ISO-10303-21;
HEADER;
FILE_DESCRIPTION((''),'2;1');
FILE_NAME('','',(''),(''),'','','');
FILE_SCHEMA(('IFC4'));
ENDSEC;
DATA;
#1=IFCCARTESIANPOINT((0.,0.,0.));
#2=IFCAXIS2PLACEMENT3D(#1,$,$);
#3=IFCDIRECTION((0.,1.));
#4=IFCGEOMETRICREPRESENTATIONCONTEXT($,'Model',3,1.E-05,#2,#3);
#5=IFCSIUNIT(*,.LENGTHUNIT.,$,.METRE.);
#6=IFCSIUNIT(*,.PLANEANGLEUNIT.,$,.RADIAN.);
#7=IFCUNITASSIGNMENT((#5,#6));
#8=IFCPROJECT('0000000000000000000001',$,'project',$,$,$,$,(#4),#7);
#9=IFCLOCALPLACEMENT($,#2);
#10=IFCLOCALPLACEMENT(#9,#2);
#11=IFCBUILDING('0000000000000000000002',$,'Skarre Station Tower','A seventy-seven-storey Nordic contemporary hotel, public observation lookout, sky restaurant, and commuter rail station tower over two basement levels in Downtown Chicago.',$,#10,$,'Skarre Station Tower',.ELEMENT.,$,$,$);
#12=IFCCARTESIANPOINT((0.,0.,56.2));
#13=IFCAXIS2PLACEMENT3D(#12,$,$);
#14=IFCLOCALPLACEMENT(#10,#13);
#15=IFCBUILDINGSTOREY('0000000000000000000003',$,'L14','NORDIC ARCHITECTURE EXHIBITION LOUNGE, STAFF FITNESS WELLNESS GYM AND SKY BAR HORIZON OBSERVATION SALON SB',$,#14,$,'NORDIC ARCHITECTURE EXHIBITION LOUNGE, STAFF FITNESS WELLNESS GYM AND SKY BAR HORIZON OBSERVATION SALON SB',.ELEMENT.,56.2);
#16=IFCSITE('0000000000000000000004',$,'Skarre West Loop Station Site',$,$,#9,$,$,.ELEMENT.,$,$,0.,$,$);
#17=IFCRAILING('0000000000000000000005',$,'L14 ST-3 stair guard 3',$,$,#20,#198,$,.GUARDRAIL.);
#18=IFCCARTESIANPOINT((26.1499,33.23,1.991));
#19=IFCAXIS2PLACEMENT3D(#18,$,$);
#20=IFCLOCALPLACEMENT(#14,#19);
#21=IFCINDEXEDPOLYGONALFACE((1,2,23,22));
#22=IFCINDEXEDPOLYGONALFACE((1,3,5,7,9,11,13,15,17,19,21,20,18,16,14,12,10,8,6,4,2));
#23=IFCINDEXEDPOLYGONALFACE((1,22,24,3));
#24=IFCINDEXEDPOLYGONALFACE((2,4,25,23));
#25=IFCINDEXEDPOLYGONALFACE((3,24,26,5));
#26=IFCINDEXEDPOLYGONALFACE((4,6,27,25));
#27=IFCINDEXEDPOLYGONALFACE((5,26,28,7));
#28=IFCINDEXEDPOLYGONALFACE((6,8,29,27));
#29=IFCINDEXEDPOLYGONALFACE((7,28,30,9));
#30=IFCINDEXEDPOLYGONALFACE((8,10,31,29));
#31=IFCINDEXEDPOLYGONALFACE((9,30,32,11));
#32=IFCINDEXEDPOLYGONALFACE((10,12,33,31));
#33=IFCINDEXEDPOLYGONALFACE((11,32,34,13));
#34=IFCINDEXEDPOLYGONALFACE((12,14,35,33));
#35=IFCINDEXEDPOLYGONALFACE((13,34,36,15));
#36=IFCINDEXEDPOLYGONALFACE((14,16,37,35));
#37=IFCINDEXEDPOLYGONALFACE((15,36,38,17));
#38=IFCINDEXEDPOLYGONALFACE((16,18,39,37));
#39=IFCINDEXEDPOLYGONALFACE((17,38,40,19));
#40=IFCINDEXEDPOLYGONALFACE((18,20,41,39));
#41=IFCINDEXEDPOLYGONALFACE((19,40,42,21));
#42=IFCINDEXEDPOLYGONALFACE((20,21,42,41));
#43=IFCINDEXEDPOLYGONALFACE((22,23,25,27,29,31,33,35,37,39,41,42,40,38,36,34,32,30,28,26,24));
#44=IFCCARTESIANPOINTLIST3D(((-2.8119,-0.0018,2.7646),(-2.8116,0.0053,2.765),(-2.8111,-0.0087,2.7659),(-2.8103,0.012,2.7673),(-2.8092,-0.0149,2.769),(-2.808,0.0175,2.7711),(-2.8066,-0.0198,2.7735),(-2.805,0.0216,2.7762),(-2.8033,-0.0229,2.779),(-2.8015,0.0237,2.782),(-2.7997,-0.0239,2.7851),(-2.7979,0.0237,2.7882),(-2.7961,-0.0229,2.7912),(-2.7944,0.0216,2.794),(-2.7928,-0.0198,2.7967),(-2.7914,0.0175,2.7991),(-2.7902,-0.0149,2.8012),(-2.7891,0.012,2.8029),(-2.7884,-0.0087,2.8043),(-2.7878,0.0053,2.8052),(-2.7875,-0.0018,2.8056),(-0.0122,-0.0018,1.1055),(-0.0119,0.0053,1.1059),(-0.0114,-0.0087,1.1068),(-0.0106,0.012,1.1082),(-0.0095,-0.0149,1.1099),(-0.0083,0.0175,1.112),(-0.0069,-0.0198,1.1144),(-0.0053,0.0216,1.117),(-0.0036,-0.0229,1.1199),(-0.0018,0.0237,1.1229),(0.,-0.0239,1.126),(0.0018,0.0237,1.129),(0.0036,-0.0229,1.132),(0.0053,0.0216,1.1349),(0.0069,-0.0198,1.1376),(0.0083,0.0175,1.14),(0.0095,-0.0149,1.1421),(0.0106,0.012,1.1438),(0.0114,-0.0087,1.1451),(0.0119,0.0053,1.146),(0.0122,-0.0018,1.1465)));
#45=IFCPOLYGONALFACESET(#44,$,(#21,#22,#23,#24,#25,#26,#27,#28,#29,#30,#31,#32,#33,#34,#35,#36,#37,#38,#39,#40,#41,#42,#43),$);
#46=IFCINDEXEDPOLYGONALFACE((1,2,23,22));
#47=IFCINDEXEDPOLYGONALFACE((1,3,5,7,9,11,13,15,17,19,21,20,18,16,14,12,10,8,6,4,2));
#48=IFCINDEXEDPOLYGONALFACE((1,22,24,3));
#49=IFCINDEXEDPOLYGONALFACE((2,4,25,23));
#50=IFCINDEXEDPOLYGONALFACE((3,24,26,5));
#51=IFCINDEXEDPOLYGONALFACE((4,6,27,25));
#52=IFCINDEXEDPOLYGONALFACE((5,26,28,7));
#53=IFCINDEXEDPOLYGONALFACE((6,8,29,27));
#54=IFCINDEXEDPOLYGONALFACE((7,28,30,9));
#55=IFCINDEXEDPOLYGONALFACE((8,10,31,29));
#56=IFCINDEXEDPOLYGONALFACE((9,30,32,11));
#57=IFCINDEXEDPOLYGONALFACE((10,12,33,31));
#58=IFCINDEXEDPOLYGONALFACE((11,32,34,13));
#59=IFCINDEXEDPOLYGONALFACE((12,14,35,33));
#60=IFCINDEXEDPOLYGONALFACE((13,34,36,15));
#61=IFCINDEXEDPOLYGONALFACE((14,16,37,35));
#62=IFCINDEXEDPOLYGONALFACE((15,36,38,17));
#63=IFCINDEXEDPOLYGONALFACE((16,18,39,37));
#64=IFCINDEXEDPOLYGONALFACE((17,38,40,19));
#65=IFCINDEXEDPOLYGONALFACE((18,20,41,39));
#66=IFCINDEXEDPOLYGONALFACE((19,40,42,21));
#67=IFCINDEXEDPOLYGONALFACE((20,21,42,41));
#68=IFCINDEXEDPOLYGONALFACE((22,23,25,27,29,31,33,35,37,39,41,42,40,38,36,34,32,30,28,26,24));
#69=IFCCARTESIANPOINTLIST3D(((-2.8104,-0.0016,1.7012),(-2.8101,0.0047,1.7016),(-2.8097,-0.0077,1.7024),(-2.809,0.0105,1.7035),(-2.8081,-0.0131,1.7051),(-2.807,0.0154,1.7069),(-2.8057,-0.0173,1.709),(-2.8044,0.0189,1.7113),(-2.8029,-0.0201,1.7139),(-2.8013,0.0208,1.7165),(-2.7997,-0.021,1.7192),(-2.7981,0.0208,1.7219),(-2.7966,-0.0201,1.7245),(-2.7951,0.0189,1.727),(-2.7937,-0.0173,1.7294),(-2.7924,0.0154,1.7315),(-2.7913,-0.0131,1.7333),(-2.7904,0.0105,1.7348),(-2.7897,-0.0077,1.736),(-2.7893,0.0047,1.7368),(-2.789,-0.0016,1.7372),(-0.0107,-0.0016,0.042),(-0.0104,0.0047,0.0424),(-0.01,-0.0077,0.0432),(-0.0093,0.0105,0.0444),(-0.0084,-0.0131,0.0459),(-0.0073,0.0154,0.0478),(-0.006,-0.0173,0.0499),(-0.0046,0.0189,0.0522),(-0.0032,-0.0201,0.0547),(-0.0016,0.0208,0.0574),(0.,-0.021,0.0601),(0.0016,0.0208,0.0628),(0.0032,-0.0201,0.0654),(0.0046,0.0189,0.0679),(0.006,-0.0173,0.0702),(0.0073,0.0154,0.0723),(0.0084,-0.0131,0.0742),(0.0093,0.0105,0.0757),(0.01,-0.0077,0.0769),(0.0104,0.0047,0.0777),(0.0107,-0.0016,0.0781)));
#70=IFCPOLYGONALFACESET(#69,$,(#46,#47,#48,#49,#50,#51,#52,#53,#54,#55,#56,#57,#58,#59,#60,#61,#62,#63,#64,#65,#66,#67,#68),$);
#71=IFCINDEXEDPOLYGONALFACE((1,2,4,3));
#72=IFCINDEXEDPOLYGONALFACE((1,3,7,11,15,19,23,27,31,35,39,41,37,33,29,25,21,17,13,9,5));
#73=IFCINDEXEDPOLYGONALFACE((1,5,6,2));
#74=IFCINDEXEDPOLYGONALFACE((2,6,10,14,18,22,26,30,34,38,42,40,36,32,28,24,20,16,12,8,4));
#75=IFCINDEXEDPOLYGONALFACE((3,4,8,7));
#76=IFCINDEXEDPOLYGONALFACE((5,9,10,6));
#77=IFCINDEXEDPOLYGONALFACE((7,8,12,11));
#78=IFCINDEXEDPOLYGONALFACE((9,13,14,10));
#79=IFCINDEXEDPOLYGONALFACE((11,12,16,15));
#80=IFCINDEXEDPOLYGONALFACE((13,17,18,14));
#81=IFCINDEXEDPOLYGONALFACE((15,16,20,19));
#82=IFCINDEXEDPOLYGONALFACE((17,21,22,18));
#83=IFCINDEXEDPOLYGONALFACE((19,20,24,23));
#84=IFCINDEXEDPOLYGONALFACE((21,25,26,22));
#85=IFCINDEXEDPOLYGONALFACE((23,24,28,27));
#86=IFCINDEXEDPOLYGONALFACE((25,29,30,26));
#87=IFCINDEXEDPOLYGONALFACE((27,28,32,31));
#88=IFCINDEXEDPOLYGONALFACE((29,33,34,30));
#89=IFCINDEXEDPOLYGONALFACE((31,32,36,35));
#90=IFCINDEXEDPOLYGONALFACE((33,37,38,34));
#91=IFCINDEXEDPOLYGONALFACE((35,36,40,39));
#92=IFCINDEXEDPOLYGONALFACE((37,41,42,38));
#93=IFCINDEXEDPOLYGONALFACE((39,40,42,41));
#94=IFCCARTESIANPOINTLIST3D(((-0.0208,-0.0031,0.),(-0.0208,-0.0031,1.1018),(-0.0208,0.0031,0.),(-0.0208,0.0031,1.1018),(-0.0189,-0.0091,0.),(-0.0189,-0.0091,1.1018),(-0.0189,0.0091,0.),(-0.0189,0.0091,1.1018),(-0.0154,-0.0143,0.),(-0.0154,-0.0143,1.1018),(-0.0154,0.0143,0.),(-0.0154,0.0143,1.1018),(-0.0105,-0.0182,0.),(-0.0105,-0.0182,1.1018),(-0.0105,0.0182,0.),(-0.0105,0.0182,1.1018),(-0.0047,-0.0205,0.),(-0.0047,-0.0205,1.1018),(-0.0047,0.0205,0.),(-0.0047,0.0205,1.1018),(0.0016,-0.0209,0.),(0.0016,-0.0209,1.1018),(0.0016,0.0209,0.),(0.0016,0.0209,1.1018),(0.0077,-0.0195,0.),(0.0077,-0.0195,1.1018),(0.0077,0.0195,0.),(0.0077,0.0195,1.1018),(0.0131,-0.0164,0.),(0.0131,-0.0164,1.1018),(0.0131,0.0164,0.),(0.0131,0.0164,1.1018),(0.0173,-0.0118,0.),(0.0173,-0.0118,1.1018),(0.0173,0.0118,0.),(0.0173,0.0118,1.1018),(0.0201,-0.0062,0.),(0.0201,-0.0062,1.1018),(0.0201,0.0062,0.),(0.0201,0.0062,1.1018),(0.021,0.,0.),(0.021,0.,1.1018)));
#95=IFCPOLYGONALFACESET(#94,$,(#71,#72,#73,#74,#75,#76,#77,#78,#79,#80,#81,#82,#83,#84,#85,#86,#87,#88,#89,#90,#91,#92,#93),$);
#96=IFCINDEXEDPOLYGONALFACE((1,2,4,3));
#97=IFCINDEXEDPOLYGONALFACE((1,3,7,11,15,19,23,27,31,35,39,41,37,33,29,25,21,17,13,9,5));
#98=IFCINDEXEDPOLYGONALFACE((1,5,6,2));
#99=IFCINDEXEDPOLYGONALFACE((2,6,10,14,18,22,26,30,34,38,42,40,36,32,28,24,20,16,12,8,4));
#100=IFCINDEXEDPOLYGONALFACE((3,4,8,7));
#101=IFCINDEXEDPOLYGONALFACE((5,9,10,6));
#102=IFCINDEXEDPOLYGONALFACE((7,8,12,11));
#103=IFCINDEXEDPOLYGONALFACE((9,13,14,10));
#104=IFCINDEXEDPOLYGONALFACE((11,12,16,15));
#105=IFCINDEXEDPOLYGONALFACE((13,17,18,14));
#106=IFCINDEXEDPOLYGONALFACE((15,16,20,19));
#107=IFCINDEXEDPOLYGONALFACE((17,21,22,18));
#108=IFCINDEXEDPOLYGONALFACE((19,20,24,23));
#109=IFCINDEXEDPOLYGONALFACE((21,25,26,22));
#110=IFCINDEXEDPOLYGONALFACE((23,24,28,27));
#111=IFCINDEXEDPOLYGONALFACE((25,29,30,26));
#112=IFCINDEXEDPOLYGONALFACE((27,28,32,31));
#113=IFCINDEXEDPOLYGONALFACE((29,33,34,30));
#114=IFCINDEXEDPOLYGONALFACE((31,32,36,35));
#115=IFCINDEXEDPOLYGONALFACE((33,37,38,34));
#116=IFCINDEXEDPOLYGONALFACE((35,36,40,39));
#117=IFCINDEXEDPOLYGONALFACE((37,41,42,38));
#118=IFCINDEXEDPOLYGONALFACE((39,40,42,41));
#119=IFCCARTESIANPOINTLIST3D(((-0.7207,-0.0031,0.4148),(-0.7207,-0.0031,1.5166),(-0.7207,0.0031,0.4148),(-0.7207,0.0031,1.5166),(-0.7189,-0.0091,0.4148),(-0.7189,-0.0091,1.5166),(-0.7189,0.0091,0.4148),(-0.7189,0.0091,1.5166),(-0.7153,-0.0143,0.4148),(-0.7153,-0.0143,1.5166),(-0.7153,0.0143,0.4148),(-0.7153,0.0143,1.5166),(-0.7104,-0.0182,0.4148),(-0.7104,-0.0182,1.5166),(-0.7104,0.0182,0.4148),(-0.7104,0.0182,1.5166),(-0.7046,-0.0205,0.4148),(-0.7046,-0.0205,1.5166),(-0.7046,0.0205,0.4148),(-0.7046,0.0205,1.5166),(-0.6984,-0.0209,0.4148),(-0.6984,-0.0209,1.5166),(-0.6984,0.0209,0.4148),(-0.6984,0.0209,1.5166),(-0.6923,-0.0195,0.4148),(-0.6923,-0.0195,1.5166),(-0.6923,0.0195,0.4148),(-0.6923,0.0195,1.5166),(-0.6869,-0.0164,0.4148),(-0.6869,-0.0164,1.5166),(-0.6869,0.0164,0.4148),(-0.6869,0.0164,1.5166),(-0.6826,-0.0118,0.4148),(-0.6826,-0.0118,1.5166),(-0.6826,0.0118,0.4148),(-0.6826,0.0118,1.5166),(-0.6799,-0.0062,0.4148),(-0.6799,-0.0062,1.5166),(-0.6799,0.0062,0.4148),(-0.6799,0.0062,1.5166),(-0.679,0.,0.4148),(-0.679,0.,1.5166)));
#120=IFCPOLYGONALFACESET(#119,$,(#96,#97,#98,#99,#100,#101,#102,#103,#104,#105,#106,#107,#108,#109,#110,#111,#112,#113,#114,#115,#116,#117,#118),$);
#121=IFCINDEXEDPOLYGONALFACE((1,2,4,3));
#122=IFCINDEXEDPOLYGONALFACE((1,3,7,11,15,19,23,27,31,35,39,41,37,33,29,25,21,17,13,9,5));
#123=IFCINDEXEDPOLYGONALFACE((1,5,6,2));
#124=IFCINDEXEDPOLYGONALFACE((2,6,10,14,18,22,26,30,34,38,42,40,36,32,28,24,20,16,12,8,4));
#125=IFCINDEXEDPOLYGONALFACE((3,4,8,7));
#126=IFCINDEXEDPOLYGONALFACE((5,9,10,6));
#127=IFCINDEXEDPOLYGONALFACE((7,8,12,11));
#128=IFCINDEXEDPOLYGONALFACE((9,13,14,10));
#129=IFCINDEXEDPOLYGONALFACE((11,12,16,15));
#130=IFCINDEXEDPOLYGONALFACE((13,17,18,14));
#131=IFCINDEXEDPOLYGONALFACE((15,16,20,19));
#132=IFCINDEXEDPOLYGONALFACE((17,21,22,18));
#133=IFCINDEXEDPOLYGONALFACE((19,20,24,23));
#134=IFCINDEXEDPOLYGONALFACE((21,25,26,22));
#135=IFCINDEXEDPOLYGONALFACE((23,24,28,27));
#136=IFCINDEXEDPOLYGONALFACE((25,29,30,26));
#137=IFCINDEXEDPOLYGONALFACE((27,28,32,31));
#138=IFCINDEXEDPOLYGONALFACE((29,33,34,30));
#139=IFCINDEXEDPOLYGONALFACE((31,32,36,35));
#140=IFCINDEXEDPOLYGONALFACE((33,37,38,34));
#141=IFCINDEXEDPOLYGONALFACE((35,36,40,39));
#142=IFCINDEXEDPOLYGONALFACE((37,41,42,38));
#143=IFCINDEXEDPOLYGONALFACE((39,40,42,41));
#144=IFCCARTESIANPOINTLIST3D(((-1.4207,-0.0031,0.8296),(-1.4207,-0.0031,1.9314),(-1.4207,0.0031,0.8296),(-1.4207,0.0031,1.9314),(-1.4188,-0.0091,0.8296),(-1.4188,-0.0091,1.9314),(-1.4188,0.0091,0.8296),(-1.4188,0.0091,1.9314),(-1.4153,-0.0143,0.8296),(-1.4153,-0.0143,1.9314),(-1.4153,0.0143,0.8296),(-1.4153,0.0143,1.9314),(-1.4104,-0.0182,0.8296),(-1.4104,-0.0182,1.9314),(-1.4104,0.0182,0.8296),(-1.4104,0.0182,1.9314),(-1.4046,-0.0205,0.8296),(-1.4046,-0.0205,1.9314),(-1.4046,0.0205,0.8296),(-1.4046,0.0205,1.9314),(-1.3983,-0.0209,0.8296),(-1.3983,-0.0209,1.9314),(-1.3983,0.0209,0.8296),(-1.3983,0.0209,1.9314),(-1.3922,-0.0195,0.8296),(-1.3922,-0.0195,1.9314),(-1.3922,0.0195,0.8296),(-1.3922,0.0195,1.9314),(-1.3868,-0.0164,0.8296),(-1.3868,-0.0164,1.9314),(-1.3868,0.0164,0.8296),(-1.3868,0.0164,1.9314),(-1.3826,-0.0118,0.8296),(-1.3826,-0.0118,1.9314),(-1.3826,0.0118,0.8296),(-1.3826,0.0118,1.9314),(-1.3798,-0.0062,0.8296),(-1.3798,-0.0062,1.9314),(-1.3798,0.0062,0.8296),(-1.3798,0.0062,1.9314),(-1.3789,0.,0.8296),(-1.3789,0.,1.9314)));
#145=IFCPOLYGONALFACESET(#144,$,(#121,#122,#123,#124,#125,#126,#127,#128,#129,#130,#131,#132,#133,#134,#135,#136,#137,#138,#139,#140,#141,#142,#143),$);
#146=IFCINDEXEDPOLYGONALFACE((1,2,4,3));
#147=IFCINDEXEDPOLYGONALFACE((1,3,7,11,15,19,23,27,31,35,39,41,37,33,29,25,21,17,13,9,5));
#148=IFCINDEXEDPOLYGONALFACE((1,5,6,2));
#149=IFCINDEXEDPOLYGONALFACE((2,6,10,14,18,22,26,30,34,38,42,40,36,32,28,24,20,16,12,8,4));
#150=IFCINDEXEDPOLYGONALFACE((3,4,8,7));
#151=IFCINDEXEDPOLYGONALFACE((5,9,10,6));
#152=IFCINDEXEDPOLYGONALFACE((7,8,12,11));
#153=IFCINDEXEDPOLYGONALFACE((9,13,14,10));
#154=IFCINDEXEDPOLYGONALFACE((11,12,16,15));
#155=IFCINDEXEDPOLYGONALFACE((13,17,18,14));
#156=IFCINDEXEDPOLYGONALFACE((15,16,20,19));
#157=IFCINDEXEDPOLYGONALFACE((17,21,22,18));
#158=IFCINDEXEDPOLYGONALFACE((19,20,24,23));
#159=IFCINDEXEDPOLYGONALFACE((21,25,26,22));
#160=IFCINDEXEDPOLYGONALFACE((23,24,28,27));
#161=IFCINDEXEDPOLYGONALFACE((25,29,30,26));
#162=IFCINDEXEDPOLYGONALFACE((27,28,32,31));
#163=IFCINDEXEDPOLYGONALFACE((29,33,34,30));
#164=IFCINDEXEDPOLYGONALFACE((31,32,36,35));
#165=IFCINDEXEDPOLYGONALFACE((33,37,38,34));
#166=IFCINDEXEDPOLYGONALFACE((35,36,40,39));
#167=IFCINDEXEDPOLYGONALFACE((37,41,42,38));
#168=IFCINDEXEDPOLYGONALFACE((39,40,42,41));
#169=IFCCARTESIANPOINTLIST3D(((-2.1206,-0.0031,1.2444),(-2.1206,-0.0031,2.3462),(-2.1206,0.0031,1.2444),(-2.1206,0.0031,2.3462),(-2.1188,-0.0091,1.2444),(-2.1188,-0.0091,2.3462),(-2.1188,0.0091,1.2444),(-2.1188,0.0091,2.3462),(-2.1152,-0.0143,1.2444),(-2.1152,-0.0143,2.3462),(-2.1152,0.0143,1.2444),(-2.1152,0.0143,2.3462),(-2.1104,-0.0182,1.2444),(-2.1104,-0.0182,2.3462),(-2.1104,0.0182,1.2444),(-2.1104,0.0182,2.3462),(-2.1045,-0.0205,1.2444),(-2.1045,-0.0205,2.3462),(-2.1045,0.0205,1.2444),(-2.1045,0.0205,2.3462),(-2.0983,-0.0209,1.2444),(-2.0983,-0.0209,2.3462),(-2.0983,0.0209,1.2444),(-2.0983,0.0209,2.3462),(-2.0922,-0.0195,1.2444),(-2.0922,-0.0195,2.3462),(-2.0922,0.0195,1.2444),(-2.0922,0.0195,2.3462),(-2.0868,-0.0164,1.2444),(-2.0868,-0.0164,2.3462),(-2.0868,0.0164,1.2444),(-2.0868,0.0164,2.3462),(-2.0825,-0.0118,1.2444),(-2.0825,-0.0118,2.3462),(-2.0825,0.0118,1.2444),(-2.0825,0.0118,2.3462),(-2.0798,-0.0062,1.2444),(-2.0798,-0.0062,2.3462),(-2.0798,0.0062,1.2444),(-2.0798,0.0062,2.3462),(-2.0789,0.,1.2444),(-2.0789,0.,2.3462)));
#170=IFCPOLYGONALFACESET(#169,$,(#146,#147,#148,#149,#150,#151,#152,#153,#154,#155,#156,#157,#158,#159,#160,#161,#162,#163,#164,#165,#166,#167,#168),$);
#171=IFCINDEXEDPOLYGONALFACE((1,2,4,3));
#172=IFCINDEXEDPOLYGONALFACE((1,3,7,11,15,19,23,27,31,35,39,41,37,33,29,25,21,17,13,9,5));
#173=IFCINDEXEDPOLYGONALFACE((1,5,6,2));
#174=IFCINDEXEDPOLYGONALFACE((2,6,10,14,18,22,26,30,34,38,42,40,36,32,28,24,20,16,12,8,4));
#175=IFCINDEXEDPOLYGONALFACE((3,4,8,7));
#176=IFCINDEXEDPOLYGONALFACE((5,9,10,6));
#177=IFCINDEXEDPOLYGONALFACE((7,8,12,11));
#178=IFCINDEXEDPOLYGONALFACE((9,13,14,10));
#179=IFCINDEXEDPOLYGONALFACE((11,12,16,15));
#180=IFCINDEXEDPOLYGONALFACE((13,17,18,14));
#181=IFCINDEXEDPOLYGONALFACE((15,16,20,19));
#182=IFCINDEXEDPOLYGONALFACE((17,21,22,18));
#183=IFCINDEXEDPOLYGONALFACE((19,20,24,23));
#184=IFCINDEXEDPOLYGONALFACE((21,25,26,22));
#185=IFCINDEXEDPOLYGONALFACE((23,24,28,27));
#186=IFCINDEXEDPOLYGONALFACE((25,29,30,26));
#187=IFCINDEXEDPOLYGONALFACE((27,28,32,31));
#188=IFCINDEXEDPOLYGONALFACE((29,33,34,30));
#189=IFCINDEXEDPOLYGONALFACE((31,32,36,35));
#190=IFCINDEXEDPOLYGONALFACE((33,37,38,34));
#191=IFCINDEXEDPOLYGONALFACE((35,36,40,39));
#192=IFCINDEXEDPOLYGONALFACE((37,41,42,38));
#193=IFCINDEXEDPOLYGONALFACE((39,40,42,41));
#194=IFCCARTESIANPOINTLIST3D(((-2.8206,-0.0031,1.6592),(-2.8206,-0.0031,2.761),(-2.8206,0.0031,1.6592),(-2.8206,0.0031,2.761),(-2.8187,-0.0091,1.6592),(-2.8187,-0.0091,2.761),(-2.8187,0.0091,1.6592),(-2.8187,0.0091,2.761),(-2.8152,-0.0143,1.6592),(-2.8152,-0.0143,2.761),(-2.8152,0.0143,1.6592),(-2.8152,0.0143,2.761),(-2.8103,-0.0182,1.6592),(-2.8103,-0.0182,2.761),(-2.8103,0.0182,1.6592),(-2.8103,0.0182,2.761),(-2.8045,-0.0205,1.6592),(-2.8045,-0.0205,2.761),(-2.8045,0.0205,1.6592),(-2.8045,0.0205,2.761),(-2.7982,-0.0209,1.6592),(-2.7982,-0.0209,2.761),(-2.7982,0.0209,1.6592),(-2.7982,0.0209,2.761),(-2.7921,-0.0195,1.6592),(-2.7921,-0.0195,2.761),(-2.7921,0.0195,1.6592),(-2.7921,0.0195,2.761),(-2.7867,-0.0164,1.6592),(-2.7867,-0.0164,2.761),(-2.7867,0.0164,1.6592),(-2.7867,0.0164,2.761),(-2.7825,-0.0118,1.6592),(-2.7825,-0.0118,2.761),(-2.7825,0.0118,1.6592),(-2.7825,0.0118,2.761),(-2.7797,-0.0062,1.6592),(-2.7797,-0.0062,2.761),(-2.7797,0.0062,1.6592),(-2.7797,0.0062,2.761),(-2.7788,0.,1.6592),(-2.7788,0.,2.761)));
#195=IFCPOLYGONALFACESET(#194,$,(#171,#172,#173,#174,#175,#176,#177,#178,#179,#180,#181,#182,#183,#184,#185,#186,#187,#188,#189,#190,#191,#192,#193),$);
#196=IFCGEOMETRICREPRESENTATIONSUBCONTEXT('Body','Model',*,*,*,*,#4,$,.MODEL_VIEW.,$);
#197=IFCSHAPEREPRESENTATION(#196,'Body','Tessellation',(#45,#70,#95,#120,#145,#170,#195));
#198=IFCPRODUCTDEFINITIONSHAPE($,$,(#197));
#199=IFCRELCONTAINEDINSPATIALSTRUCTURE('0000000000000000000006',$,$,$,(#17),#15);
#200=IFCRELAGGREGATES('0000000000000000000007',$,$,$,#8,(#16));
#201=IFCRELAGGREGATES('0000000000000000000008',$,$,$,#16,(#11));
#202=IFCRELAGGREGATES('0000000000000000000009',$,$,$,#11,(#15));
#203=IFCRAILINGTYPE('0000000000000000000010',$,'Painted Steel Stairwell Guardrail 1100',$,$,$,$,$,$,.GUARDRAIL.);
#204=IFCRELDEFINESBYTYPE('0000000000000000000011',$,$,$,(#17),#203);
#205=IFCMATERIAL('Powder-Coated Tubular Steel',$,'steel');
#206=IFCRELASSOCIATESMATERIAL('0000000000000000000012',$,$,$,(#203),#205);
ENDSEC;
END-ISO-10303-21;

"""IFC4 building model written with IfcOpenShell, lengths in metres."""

from ifc_helpers import new_model, si_unit, direction, frame, origin, origin_2d, place, context, subcontext, project, spatial, circle, extrude, material, type_object, element, save


model = new_model("IFC4")

# Units and contexts
model_context = context("Model", 3, precision=1e-05, world=origin(), true_north=direction((0.0, 1.0)))
body_context = subcontext(model_context, "Body", "Model", "MODEL_VIEW")
ifc_project = project(units=[si_unit("LENGTHUNIT", "METRE"), si_unit("PLANEANGLEUNIT", "RADIAN")], contexts=[model_context])

# Site, building, storey
site_placement = place(None, origin())
site = spatial("IfcSite", under=ifc_project, at=site_placement, Name="Skarre West Loop Station Site", CompositionType="ELEMENT", RefElevation=0.0)
building_placement = place(site_placement, origin())
building = spatial("IfcBuilding", under=site, at=building_placement, Name="Skarre Station Tower", Description="A seventy-seven-storey Nordic contemporary hotel, public observation lookout, sky restaurant, and commuter rail station tower over two basement levels in Downtown Chicago.", LongName="Skarre Station Tower", CompositionType="ELEMENT")
storey_placement = place(building_placement, frame((0.0, 0.0, 56.2)))
storey = spatial("IfcBuildingStorey", under=building, at=storey_placement, Name="L14", Description="NORDIC ARCHITECTURE EXHIBITION LOUNGE, STAFF FITNESS WELLNESS GYM AND SKY BAR HORIZON OBSERVATION SALON SB", LongName="NORDIC ARCHITECTURE EXHIBITION LOUNGE, STAFF FITNESS WELLNESS GYM AND SKY BAR HORIZON OBSERVATION SALON SB", CompositionType="ELEMENT", Elevation=56.2)

# Railing
ifc_material_1 = material(Name="Powder-Coated Tubular Steel", Category="steel")
railing_type_1 = type_object("IfcRailingType", Name="Painted Steel Stairwell Guardrail 1100", PredefinedType="GUARDRAIL", material=ifc_material_1)
railing_1_placement = place(storey_placement, frame((26.1499, 33.23, 1.991)))
element("IfcRailing", 1, at=railing_1_placement, inside=storey, type_object=railing_type_1, Name="L14 ST-3 stair guard 3", PredefinedType="GUARDRAIL", context=body_context, shape_type="SweptSolid", body=[
    extrude(circle(Radius=0.0239, at=origin_2d()), frame((0.0, 0.0, 1.126), z_axis=(-0.860287, 0.0, 0.509811), x_axis=(0.0, -1.0, 0.0)), (0.0, 0.0, 1.0), 3.2544),
    extrude(circle(Radius=0.021, at=origin_2d()), frame((0.0, 0.0, 0.0601), z_axis=(-0.860287, 0.0, 0.509811), x_axis=(0.0, -1.0, 0.0)), (0.0, 0.0, 1.0), 3.2544),
    extrude(circle(Radius=0.021, at=origin_2d()), origin(), (0.0, 0.0, 1.0), 1.1018),
    extrude(circle(Radius=0.021, at=origin_2d()), frame((-0.7, 0.0, 0.4148)), (0.0, 0.0, 1.0), 1.1018),
    extrude(circle(Radius=0.021, at=origin_2d()), frame((-1.3999, 0.0, 0.8296)), (0.0, 0.0, 1.0), 1.1018),
    extrude(circle(Radius=0.021, at=origin_2d()), frame((-2.0999, 0.0, 1.2444)), (0.0, 0.0, 1.0), 1.1018),
    extrude(circle(Radius=0.021, at=origin_2d()), frame((-2.7998, 0.0, 1.6592)), (0.0, 0.0, 1.0), 1.1018),
])

save(model, "model.ifc")
